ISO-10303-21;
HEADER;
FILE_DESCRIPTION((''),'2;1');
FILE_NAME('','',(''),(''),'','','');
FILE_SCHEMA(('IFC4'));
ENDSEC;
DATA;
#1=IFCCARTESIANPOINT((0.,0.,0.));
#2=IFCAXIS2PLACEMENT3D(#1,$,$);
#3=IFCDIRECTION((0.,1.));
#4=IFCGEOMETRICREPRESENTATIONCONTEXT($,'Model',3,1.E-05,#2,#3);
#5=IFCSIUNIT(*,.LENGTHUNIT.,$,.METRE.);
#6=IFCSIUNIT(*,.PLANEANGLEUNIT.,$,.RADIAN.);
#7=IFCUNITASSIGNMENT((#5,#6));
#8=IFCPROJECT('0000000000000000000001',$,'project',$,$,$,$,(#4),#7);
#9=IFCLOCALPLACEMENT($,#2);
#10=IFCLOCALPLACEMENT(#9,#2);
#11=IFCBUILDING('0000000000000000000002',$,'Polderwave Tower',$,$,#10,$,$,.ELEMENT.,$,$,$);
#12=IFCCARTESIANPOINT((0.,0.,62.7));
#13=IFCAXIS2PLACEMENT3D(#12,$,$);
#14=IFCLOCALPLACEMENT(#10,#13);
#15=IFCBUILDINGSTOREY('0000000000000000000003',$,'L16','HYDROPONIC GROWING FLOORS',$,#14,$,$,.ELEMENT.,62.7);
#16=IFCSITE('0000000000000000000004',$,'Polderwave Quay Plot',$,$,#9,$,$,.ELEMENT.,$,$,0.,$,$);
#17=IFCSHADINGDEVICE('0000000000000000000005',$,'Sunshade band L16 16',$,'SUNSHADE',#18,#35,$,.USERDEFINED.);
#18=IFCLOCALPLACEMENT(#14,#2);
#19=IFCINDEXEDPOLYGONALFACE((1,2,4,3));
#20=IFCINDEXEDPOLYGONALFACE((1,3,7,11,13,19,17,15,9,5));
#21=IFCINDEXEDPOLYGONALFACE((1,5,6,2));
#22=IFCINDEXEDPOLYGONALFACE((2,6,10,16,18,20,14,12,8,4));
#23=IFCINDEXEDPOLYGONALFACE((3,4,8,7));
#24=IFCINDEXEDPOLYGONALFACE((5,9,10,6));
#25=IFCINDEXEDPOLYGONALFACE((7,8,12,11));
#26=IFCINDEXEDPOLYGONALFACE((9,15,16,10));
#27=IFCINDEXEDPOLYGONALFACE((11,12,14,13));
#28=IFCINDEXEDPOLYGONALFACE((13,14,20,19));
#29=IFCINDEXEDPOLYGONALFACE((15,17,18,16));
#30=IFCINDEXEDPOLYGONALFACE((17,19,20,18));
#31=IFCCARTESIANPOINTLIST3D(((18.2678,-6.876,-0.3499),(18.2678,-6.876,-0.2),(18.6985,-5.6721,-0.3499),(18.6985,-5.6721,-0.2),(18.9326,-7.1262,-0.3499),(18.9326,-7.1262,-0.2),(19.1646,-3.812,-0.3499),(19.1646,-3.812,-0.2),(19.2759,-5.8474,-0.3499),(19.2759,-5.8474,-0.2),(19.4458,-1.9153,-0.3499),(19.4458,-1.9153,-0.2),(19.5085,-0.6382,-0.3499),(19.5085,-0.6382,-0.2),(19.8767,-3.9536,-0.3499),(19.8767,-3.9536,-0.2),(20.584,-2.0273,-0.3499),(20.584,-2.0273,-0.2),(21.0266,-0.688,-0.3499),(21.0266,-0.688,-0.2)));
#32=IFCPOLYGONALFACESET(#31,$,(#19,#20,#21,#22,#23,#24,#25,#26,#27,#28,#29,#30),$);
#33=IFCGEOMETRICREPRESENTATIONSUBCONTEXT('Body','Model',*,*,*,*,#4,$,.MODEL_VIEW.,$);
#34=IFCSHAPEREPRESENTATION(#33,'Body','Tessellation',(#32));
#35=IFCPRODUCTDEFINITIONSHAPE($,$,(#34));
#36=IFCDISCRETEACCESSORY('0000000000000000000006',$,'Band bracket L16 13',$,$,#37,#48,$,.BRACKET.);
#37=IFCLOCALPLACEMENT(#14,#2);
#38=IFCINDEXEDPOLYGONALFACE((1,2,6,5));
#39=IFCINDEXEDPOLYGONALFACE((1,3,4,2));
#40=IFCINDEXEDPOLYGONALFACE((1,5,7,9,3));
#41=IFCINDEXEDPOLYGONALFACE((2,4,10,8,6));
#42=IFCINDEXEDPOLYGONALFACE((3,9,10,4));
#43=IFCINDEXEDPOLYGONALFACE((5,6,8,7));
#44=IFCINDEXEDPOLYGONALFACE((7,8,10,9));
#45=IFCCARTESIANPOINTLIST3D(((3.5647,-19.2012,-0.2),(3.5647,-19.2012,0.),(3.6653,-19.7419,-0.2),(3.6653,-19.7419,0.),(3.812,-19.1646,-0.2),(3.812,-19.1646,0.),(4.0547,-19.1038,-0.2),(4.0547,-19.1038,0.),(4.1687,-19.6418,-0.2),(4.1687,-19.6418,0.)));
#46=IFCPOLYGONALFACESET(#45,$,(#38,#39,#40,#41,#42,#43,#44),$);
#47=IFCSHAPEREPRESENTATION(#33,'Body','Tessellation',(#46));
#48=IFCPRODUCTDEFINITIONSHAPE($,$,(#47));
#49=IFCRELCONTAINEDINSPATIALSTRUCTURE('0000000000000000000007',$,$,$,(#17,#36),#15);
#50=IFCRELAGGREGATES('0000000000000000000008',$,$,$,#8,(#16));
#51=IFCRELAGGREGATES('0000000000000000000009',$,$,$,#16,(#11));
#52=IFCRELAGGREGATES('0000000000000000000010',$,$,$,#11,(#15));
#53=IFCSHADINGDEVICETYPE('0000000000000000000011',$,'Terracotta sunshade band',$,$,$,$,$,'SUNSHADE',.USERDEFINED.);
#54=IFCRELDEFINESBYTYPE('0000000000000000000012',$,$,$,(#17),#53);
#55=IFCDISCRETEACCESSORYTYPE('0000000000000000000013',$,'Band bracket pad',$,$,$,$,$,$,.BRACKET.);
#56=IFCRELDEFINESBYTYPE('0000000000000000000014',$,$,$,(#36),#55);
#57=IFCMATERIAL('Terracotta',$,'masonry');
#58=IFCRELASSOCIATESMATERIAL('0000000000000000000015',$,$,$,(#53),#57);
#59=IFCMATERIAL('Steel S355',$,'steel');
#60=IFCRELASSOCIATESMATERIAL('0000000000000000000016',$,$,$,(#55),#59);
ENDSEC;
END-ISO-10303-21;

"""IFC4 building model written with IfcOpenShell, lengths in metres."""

from ifc_helpers import new_model, si_unit, direction, frame, origin, place, context, subcontext, project, spatial, polyline, outline, extrude, material, type_object, element, save


model = new_model("IFC4")

# Units and contexts
model_context = context("Model", 3, precision=1e-05, world=origin(), true_north=direction((0.0, 1.0)))
body_context = subcontext(model_context, "Body", "Model", "MODEL_VIEW")
ifc_project = project(units=[si_unit("LENGTHUNIT", "METRE"), si_unit("PLANEANGLEUNIT", "RADIAN")], contexts=[model_context])

# Site, building, storey
site_placement = place(None, origin())
site = spatial("IfcSite", under=ifc_project, at=site_placement, Name="Polderwave Quay Plot", CompositionType="ELEMENT", RefElevation=0.0)
building_placement = place(site_placement, origin())
building = spatial("IfcBuilding", under=site, at=building_placement, Name="Polderwave Tower", CompositionType="ELEMENT")
storey_placement = place(building_placement, frame((0.0, 0.0, 62.7)))
storey = spatial("IfcBuildingStorey", under=building, at=storey_placement, Name="L16", Description="HYDROPONIC GROWING FLOORS", CompositionType="ELEMENT", Elevation=62.7)

# Shading device
ifc_material_1 = material(Name="Terracotta", Category="masonry")
shading_device_type = type_object("IfcShadingDeviceType", Name="Terracotta sunshade band", ElementType="SUNSHADE", PredefinedType="USERDEFINED", material=ifc_material_1)
shading_device_1_placement = place(storey_placement, frame((0.0, 0.0, -0.3499)))
element("IfcShadingDevice", 1, at=shading_device_1_placement, inside=storey, type_object=shading_device_type, Name="Sunshade band L16 16", ObjectType="SUNSHADE", PredefinedType="USERDEFINED", context=body_context, shape_type="SweptSolid", body=[
    extrude(outline(polyline([(18.2678, -6.876), (18.6985, -5.6721), (19.1646, -3.812), (19.4458, -1.9153), (19.5085, -0.6382), (21.0266, -0.688), (20.584, -2.0273), (19.8767, -3.9536), (19.2759, -5.8474), (18.9326, -7.1262), (18.2678, -6.876)])), origin(), (0.0, 0.0, 1.0), 0.1499),
])

# Discrete accessory
ifc_material_2 = material(Name="Steel S355", Category="steel")
discrete_accessory_type = type_object("IfcDiscreteAccessoryType", Name="Band bracket pad", PredefinedType="BRACKET", material=ifc_material_2)
discrete_accessory_placement = place(storey_placement, frame((0.0, 0.0, -0.2)))
element("IfcDiscreteAccessory", 2, at=discrete_accessory_placement, inside=storey, type_object=discrete_accessory_type, Name="Band bracket L16 13", PredefinedType="BRACKET", context=body_context, shape_type="SweptSolid", body=[
    extrude(outline(polyline([(3.5647, -19.2012), (3.812, -19.1646), (4.0547, -19.1038), (4.1687, -19.6418), (3.6653, -19.7419), (3.5647, -19.2012)])), origin(), (0.0, 0.0, 1.0), 0.2),
])

save(model, "model.ifc")
